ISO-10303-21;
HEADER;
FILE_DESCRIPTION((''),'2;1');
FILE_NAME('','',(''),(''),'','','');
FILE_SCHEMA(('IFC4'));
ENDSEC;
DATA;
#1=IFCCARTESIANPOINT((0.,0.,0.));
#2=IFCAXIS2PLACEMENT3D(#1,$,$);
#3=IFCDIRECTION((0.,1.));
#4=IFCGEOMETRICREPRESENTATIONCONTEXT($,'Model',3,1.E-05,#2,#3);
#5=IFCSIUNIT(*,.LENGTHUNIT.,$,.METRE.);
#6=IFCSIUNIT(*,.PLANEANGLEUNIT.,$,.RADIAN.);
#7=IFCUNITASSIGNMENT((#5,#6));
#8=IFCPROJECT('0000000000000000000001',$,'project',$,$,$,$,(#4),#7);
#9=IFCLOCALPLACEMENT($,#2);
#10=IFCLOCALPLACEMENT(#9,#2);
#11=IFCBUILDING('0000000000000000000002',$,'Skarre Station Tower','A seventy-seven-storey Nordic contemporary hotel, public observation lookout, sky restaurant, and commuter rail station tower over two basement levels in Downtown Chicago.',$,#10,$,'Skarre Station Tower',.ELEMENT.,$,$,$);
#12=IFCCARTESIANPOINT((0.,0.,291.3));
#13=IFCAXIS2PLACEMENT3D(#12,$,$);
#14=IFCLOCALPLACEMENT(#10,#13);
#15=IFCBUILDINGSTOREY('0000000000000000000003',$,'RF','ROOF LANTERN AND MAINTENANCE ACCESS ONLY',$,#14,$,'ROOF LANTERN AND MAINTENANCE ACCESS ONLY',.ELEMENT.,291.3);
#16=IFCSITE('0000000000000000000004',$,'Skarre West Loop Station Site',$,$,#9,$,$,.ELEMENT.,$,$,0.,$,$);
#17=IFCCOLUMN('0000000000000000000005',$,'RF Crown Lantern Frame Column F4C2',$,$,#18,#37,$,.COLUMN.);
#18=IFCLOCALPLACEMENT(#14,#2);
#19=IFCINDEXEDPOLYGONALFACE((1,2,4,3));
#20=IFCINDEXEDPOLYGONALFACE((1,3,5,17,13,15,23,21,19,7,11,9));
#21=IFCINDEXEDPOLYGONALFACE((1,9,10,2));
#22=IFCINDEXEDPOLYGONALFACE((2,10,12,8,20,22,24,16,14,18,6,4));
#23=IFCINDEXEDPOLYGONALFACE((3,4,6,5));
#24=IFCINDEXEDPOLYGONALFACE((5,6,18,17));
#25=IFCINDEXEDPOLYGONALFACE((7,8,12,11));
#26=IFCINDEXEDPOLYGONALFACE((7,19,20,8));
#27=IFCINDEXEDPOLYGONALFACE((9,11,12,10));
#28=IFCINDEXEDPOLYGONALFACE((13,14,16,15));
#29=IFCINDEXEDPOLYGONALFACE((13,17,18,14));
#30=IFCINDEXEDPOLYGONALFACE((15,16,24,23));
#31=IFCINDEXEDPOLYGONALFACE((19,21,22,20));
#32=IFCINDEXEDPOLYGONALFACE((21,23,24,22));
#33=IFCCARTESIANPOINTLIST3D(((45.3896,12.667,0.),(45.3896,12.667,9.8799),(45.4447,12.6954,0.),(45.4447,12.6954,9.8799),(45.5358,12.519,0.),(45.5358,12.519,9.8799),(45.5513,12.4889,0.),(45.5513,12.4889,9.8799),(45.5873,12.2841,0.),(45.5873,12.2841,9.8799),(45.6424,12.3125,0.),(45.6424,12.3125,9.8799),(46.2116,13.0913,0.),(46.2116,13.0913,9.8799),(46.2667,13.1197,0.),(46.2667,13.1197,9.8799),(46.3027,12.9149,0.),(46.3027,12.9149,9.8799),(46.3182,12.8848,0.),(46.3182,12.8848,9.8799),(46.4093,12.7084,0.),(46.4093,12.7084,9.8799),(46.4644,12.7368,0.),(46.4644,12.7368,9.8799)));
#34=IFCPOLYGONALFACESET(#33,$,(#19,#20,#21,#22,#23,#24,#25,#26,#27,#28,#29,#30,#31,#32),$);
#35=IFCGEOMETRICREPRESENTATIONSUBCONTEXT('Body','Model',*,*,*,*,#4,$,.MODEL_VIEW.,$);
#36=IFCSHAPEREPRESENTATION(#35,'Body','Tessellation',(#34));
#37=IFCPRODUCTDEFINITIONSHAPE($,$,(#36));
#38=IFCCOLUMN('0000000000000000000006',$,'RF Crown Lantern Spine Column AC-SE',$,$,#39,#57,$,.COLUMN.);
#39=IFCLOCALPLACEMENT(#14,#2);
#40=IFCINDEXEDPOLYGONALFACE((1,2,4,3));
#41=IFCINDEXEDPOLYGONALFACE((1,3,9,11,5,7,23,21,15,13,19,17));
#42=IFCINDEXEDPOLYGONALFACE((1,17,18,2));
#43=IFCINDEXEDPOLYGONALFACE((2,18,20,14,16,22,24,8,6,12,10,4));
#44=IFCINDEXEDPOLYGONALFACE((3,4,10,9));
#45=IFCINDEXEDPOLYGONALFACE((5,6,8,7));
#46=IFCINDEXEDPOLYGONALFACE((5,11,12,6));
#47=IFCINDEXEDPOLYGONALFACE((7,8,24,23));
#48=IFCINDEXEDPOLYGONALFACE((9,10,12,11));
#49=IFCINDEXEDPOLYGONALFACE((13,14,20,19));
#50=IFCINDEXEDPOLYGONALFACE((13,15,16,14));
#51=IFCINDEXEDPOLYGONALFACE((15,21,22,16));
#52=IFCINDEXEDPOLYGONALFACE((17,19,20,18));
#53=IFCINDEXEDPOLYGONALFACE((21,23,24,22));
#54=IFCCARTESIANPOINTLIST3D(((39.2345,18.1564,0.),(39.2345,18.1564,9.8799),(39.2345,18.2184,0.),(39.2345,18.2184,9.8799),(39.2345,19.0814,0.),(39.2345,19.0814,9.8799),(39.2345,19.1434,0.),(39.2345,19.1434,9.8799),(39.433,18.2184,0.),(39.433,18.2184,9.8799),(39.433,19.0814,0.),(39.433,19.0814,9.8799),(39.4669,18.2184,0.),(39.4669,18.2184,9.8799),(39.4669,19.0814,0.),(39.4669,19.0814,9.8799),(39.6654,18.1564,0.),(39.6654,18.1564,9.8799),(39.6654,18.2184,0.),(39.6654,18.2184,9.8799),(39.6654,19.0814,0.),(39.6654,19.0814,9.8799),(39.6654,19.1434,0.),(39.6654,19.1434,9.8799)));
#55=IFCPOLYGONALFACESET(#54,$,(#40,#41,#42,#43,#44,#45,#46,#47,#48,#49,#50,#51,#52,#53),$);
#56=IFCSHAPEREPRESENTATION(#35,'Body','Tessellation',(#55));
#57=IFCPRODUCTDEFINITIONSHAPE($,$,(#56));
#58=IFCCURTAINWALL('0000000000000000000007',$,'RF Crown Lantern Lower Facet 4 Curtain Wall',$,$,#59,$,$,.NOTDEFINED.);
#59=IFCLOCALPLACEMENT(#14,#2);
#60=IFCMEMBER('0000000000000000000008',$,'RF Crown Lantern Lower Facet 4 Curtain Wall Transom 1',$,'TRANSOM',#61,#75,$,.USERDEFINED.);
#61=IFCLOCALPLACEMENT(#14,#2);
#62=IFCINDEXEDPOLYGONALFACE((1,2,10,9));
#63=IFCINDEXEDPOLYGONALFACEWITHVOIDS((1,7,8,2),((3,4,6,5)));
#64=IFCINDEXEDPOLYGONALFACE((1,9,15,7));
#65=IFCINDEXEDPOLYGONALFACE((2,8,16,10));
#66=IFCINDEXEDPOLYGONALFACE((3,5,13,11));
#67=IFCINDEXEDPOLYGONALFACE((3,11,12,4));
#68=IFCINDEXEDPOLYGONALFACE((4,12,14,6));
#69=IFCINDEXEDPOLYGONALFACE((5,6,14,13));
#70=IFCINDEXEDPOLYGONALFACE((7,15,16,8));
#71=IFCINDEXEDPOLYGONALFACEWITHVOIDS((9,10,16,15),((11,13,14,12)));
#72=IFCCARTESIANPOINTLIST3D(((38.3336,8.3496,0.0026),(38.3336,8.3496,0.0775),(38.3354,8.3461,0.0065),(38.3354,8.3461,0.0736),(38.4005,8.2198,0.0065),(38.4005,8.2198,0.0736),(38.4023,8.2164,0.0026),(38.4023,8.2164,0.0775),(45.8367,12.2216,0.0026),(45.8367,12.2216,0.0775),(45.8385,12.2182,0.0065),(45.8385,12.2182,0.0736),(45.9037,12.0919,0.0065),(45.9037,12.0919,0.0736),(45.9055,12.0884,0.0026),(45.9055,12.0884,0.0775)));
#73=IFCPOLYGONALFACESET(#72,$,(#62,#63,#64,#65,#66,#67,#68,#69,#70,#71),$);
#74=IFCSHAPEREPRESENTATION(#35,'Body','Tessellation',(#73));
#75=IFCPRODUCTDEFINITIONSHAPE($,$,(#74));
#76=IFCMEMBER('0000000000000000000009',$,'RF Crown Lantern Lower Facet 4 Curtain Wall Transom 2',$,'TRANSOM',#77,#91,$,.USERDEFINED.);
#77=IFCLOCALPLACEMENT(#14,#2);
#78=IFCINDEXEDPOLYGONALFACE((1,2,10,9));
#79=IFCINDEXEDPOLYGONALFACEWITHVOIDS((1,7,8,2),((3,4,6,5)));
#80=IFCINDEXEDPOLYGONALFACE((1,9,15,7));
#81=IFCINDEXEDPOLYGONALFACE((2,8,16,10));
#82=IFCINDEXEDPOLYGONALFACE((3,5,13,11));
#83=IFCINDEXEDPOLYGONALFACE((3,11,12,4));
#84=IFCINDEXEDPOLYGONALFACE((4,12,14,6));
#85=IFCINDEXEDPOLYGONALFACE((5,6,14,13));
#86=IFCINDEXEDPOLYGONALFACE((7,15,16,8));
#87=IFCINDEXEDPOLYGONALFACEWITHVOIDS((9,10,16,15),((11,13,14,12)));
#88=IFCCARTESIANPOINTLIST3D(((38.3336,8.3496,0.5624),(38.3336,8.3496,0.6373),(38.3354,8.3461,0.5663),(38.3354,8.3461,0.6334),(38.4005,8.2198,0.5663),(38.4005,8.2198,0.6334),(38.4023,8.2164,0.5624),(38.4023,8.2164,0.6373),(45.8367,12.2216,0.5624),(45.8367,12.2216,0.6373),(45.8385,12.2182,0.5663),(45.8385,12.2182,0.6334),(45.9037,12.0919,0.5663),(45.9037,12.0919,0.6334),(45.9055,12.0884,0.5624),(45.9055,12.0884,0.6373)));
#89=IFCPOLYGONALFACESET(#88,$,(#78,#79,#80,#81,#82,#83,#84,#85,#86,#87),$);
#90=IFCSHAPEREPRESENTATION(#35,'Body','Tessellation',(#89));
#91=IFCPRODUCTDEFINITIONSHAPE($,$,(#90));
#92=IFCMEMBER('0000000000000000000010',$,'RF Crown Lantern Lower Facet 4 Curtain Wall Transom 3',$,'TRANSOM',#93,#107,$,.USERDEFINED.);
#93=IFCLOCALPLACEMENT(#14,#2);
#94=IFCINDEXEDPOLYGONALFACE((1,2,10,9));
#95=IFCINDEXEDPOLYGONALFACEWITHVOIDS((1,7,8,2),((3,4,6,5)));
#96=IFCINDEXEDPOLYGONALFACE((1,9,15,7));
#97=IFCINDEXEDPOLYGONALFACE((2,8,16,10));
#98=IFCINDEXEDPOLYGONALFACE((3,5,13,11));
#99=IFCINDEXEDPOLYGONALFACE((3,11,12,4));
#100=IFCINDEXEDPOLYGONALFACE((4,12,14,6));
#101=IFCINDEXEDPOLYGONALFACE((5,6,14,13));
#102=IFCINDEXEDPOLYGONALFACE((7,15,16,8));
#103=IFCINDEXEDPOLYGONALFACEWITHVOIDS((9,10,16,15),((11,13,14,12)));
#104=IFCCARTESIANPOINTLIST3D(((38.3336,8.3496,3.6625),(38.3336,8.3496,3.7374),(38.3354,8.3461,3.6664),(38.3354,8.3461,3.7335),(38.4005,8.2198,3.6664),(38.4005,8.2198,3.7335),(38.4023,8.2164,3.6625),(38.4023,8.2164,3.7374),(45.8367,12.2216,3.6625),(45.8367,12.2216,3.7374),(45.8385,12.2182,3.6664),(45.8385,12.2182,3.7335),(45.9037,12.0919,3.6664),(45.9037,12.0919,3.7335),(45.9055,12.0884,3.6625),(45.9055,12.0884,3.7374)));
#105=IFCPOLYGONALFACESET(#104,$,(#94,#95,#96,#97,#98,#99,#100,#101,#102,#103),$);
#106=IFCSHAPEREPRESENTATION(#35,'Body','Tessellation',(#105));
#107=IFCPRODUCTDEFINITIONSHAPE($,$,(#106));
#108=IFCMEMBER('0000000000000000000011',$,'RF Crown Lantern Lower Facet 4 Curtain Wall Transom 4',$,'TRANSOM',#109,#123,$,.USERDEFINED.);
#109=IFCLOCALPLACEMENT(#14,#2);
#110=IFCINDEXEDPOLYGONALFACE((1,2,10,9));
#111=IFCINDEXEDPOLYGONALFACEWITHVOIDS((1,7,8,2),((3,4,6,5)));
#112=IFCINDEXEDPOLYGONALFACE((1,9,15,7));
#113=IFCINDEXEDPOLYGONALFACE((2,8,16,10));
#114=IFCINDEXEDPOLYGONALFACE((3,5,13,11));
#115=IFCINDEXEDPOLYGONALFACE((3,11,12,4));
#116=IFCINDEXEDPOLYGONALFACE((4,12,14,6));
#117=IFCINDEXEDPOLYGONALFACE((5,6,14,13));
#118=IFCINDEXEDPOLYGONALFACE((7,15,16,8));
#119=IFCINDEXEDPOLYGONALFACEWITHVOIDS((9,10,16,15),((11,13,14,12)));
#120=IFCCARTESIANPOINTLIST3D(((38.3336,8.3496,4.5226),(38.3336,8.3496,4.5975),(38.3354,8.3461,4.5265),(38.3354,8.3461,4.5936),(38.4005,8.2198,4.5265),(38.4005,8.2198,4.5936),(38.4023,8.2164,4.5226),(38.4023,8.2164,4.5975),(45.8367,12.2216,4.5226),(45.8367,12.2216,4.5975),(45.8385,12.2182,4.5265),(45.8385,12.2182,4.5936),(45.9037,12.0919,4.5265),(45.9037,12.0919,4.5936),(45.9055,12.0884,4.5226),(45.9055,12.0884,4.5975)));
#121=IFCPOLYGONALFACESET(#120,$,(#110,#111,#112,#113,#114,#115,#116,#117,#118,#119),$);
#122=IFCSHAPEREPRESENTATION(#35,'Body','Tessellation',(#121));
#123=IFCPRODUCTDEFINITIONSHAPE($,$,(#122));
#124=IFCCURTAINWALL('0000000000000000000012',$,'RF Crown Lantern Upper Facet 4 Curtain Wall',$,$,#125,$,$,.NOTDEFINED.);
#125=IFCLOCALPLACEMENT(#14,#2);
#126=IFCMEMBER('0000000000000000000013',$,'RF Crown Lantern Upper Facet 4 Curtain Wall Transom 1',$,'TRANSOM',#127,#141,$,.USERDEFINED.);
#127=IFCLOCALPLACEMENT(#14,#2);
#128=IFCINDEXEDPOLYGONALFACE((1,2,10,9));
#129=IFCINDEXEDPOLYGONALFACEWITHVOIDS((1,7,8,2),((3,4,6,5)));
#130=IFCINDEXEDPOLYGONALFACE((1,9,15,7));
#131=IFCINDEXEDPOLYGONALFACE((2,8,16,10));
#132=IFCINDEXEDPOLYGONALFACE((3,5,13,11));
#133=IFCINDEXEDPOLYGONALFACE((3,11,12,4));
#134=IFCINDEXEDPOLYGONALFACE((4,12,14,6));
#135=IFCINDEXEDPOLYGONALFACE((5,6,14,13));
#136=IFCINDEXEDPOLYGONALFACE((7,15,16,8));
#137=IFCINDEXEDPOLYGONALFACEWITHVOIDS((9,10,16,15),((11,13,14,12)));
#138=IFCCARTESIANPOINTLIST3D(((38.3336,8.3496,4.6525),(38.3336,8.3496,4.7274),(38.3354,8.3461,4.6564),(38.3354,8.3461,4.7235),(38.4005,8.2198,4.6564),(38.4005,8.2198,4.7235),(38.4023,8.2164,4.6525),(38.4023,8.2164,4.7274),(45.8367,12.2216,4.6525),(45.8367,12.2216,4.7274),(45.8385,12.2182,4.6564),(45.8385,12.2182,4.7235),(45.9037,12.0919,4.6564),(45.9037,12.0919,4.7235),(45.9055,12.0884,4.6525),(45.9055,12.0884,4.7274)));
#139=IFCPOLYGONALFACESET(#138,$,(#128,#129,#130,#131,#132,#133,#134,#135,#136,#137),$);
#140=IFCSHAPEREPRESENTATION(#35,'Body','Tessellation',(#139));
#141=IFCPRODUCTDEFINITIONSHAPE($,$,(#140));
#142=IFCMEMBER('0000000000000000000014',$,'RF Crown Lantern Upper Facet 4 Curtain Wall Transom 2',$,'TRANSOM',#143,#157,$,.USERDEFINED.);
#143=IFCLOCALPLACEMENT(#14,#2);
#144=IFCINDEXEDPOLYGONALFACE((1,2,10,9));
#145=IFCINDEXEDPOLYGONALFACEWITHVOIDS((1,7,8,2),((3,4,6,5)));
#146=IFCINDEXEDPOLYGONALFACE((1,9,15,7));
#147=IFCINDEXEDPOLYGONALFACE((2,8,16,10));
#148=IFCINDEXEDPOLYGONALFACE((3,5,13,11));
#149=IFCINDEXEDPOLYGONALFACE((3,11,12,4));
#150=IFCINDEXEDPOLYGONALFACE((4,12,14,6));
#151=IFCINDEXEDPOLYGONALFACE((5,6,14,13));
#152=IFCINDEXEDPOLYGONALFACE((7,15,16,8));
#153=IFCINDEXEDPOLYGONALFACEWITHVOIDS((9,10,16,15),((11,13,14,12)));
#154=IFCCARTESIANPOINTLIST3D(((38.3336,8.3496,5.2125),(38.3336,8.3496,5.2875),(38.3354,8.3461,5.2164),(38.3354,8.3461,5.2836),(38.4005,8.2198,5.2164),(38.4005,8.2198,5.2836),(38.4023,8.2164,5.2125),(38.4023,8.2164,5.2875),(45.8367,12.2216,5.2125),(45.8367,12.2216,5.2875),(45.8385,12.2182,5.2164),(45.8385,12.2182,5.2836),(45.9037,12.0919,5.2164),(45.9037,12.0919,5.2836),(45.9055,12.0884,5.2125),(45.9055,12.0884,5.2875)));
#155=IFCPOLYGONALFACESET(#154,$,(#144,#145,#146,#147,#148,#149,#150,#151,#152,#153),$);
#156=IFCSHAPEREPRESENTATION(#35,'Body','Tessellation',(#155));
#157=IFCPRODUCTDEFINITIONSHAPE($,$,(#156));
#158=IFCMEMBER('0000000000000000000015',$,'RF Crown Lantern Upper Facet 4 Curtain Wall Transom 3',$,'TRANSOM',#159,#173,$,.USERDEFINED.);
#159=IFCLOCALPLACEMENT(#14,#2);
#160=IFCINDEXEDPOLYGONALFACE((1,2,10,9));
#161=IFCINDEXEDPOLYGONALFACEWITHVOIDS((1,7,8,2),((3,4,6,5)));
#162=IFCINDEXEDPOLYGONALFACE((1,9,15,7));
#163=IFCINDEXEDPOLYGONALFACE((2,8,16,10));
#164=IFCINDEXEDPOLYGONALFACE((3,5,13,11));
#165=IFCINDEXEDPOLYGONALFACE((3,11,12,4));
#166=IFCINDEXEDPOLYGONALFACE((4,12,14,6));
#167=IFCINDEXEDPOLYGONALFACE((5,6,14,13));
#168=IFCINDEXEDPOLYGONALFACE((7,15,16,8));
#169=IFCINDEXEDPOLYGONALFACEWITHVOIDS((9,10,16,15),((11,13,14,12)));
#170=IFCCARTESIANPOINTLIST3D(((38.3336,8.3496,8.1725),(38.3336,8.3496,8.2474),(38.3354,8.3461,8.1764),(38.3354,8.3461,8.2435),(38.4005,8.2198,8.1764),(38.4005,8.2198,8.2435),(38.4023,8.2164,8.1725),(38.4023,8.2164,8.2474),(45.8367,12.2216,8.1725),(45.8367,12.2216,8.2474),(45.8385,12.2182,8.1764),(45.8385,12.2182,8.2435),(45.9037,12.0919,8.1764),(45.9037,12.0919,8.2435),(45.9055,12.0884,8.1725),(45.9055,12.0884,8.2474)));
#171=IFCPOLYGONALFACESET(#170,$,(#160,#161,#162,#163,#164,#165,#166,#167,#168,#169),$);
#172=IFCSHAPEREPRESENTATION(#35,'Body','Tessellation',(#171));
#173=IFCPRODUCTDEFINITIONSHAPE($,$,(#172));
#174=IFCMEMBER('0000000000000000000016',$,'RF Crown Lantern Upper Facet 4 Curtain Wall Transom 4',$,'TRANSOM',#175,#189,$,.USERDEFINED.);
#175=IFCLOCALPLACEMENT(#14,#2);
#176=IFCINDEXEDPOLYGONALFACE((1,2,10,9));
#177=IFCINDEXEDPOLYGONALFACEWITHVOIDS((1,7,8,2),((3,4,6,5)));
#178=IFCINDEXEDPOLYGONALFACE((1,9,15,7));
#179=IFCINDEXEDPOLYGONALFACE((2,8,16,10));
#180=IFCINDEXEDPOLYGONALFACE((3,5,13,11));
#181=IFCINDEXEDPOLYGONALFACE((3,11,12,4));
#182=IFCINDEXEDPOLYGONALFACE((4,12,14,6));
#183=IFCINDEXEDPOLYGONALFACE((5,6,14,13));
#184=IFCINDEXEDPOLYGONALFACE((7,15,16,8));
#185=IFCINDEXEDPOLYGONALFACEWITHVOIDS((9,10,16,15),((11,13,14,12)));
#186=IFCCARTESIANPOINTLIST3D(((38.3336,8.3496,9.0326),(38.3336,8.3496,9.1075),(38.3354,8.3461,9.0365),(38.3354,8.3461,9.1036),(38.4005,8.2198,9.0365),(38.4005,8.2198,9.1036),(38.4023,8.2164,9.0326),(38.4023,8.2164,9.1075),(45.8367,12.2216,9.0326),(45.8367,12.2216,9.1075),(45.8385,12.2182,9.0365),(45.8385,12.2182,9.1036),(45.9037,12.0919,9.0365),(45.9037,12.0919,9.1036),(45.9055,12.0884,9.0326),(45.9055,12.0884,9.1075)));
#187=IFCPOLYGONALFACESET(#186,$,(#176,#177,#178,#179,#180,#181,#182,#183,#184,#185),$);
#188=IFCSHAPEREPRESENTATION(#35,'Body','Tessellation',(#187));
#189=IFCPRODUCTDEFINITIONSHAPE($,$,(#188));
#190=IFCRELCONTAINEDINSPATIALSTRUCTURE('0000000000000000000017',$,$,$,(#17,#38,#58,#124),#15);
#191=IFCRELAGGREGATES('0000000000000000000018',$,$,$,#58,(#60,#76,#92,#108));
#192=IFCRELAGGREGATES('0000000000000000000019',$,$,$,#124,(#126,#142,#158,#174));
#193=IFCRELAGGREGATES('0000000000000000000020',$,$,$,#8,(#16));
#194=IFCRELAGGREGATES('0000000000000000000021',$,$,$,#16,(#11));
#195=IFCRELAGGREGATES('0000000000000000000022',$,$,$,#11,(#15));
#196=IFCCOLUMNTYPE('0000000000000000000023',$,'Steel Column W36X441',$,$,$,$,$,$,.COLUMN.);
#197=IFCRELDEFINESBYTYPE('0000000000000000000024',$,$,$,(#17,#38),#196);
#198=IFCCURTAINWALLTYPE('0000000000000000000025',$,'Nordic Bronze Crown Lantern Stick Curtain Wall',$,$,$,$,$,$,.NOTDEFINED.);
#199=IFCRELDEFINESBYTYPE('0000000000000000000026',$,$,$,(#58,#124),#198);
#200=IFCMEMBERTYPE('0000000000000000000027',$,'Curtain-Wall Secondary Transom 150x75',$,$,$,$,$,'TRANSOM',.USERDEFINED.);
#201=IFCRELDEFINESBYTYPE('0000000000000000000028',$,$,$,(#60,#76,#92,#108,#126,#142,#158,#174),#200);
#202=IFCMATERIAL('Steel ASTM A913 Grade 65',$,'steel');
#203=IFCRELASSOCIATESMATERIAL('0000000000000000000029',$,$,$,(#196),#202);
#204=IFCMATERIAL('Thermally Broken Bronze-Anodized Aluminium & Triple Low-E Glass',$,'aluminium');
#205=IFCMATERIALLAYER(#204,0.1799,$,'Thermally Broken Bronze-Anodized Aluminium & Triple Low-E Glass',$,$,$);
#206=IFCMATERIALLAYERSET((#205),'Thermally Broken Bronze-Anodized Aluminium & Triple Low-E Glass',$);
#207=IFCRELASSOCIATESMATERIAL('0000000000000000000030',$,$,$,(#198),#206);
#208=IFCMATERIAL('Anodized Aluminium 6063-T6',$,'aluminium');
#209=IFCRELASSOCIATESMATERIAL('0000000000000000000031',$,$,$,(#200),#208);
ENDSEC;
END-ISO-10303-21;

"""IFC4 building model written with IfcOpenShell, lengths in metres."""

from ifc_helpers import new_model, si_unit, direction, frame, origin, origin_2d, place, context, subcontext, project, spatial, hollow_rectangle, i_section, extrude, material, layer, layer_set, material_profile, profile_set, type_object, element, aggregate, save


model = new_model("IFC4")

# Units and contexts
model_context = context("Model", 3, precision=1e-05, world=origin(), true_north=direction((0.0, 1.0)))
body_context = subcontext(model_context, "Body", "Model", "MODEL_VIEW")
ifc_project = project(units=[si_unit("LENGTHUNIT", "METRE"), si_unit("PLANEANGLEUNIT", "RADIAN")], contexts=[model_context])

# Site, building, storey
site_placement = place(None, origin())
site = spatial("IfcSite", under=ifc_project, at=site_placement, Name="Skarre West Loop Station Site", CompositionType="ELEMENT", RefElevation=0.0)
building_placement = place(site_placement, origin())
building = spatial("IfcBuilding", under=site, at=building_placement, Name="Skarre Station Tower", Description="A seventy-seven-storey Nordic contemporary hotel, public observation lookout, sky restaurant, and commuter rail station tower over two basement levels in Downtown Chicago.", LongName="Skarre Station Tower", CompositionType="ELEMENT")
storey_placement = place(building_placement, frame((0.0, 0.0, 291.3)))
storey = spatial("IfcBuildingStorey", under=building, at=storey_placement, Name="RF", Description="ROOF LANTERN AND MAINTENANCE ACCESS ONLY", LongName="ROOF LANTERN AND MAINTENANCE ACCESS ONLY", CompositionType="ELEMENT", Elevation=291.3)

# Columns
ifc_material_1 = material(Name="Steel ASTM A913 Grade 65", Category="steel")
ifc_material_profile_1 = material_profile(ifc_material_1, i_section(OverallWidth=0.4309, OverallDepth=0.9871, WebThickness=0.0339, FlangeThickness=0.062, at=origin_2d()), Name="Steel ASTM A913 Grade 65")
ifc_profile_set_1 = profile_set([ifc_material_profile_1], Name="Steel ASTM A913 Grade 65")
column_type = type_object("IfcColumnType", Name="Steel Column W36X441", PredefinedType="COLUMN", material=ifc_profile_set_1)
for number, where, z_axis, x_axis, name in (
    (1, (45.927, 12.7019, 0.0), (0.0, 0.0, 1.0), (0.458712, -0.888585, 0.0), "RF Crown Lantern Frame Column F4C2"),
    (2, (39.45, 18.6499, 0.0), (0.0, 0.0, 1.0), (1.0, 0.0, 0.0), "RF Crown Lantern Spine Column AC-SE"),
):
    element("IfcColumn", number, at=place(storey_placement, frame(where, z_axis=z_axis, x_axis=x_axis)), inside=storey, type_object=column_type, Name=name, PredefinedType="COLUMN", context=body_context, shape_type="SweptSolid", body=[
        extrude(i_section(OverallWidth=0.4309, OverallDepth=0.9871, WebThickness=0.0339, FlangeThickness=0.062, at=origin_2d()), origin(), (0.0, 0.0, 1.0), 9.8799),
    ])

# Curtain walls, members
ifc_material_2 = material(Name="Thermally Broken Bronze-Anodized Aluminium & Triple Low-E Glass", Category="aluminium")
ifc_layer_1 = layer(ifc_material_2, 0.1799, Name="Thermally Broken Bronze-Anodized Aluminium & Triple Low-E Glass")
ifc_layer_set_1 = layer_set([ifc_layer_1], Name="Thermally Broken Bronze-Anodized Aluminium & Triple Low-E Glass")
curtain_wall_type = type_object("IfcCurtainWallType", Name="Nordic Bronze Crown Lantern Stick Curtain Wall", PredefinedType="NOTDEFINED", material=ifc_layer_set_1)
curtain_wall_1_placement = place(storey_placement, origin())
curtain_wall_1 = element("IfcCurtainWall", 3, at=curtain_wall_1_placement, inside=storey, type_object=curtain_wall_type, Name="RF Crown Lantern Lower Facet 4 Curtain Wall", PredefinedType="NOTDEFINED")
ifc_material_3 = material(Name="Anodized Aluminium 6063-T6", Category="aluminium")
ifc_material_profile_2 = material_profile(ifc_material_3, hollow_rectangle(XDim=0.075, YDim=0.1499, WallThickness=0.0039, at=origin_2d()), Name="Anodized Aluminium 6063-T6")
ifc_profile_set_2 = profile_set([ifc_material_profile_2], Name="Anodized Aluminium 6063-T6")
member_type_1 = type_object("IfcMemberType", Name="Curtain-Wall Secondary Transom 150x75", ElementType="TRANSOM", PredefinedType="USERDEFINED", material=ifc_profile_set_2)
member_1_placement = place(storey_placement, frame((45.8711, 12.155, 0.04), z_axis=(-0.888647, -0.458593, 0.0), x_axis=(0.0, 0.0, 1.0)))
member_1 = element("IfcMember", 4, at=member_1_placement, type_object=member_type_1, Name="RF Crown Lantern Lower Facet 4 Curtain Wall Transom 1", ObjectType="TRANSOM", PredefinedType="USERDEFINED", context=body_context, shape_type="SweptSolid", body=[
    extrude(hollow_rectangle(XDim=0.075, YDim=0.1499, WallThickness=0.0039, at=origin_2d()), origin(), (0.0, 0.0, 1.0), 8.4434),
])
member_2_placement = place(storey_placement, frame((45.8711, 12.155, 0.5999), z_axis=(-0.888647, -0.458593, 0.0), x_axis=(0.0, 0.0, 1.0)))
member_2 = element("IfcMember", 5, at=member_2_placement, type_object=member_type_1, Name="RF Crown Lantern Lower Facet 4 Curtain Wall Transom 2", ObjectType="TRANSOM", PredefinedType="USERDEFINED", context=body_context, shape_type="SweptSolid", body=[
    extrude(hollow_rectangle(XDim=0.075, YDim=0.1499, WallThickness=0.0039, at=origin_2d()), origin(), (0.0, 0.0, 1.0), 8.4434),
])
member_3_placement = place(storey_placement, frame((45.8711, 12.155, 3.7), z_axis=(-0.888647, -0.458593, 0.0), x_axis=(0.0, 0.0, 1.0)))
member_3 = element("IfcMember", 6, at=member_3_placement, type_object=member_type_1, Name="RF Crown Lantern Lower Facet 4 Curtain Wall Transom 3", ObjectType="TRANSOM", PredefinedType="USERDEFINED", context=body_context, shape_type="SweptSolid", body=[
    extrude(hollow_rectangle(XDim=0.075, YDim=0.1499, WallThickness=0.0039, at=origin_2d()), origin(), (0.0, 0.0, 1.0), 8.4434),
])
member_4_placement = place(storey_placement, frame((45.8711, 12.155, 4.5601), z_axis=(-0.888647, -0.458593, 0.0), x_axis=(0.0, 0.0, 1.0)))
member_4 = element("IfcMember", 7, at=member_4_placement, type_object=member_type_1, Name="RF Crown Lantern Lower Facet 4 Curtain Wall Transom 4", ObjectType="TRANSOM", PredefinedType="USERDEFINED", context=body_context, shape_type="SweptSolid", body=[
    extrude(hollow_rectangle(XDim=0.075, YDim=0.1499, WallThickness=0.0039, at=origin_2d()), origin(), (0.0, 0.0, 1.0), 8.4434),
])
curtain_wall_2_placement = place(storey_placement, origin())
curtain_wall_2 = element("IfcCurtainWall", 8, at=curtain_wall_2_placement, inside=storey, type_object=curtain_wall_type, Name="RF Crown Lantern Upper Facet 4 Curtain Wall", PredefinedType="NOTDEFINED")
member_5_placement = place(storey_placement, frame((45.8711, 12.155, 4.6899), z_axis=(-0.888647, -0.458593, 0.0), x_axis=(0.0, 0.0, 1.0)))
member_5 = element("IfcMember", 9, at=member_5_placement, type_object=member_type_1, Name="RF Crown Lantern Upper Facet 4 Curtain Wall Transom 1", ObjectType="TRANSOM", PredefinedType="USERDEFINED", context=body_context, shape_type="SweptSolid", body=[
    extrude(hollow_rectangle(XDim=0.075, YDim=0.1499, WallThickness=0.0039, at=origin_2d()), origin(), (0.0, 0.0, 1.0), 8.4434),
])
member_6_placement = place(storey_placement, frame((45.8711, 12.155, 5.25), z_axis=(-0.888647, -0.458593, 0.0), x_axis=(0.0, 0.0, 1.0)))
member_6 = element("IfcMember", 10, at=member_6_placement, type_object=member_type_1, Name="RF Crown Lantern Upper Facet 4 Curtain Wall Transom 2", ObjectType="TRANSOM", PredefinedType="USERDEFINED", context=body_context, shape_type="SweptSolid", body=[
    extrude(hollow_rectangle(XDim=0.075, YDim=0.1499, WallThickness=0.0039, at=origin_2d()), origin(), (0.0, 0.0, 1.0), 8.4434),
])
member_7_placement = place(storey_placement, frame((45.8711, 12.155, 8.21), z_axis=(-0.888647, -0.458593, 0.0), x_axis=(0.0, 0.0, 1.0)))
member_7 = element("IfcMember", 11, at=member_7_placement, type_object=member_type_1, Name="RF Crown Lantern Upper Facet 4 Curtain Wall Transom 3", ObjectType="TRANSOM", PredefinedType="USERDEFINED", context=body_context, shape_type="SweptSolid", body=[
    extrude(hollow_rectangle(XDim=0.075, YDim=0.1499, WallThickness=0.0039, at=origin_2d()), origin(), (0.0, 0.0, 1.0), 8.4434),
])
member_8_placement = place(storey_placement, frame((45.8711, 12.155, 9.0701), z_axis=(-0.888647, -0.458593, 0.0), x_axis=(0.0, 0.0, 1.0)))
member_8 = element("IfcMember", 12, at=member_8_placement, type_object=member_type_1, Name="RF Crown Lantern Upper Facet 4 Curtain Wall Transom 4", ObjectType="TRANSOM", PredefinedType="USERDEFINED", context=body_context, shape_type="SweptSolid", body=[
    extrude(hollow_rectangle(XDim=0.075, YDim=0.1499, WallThickness=0.0039, at=origin_2d()), origin(), (0.0, 0.0, 1.0), 8.4434),
])

aggregate(curtain_wall_1, [member_1, member_2, member_3, member_4])

aggregate(curtain_wall_2, [member_5, member_6, member_7, member_8])

save(model, "model.ifc")
